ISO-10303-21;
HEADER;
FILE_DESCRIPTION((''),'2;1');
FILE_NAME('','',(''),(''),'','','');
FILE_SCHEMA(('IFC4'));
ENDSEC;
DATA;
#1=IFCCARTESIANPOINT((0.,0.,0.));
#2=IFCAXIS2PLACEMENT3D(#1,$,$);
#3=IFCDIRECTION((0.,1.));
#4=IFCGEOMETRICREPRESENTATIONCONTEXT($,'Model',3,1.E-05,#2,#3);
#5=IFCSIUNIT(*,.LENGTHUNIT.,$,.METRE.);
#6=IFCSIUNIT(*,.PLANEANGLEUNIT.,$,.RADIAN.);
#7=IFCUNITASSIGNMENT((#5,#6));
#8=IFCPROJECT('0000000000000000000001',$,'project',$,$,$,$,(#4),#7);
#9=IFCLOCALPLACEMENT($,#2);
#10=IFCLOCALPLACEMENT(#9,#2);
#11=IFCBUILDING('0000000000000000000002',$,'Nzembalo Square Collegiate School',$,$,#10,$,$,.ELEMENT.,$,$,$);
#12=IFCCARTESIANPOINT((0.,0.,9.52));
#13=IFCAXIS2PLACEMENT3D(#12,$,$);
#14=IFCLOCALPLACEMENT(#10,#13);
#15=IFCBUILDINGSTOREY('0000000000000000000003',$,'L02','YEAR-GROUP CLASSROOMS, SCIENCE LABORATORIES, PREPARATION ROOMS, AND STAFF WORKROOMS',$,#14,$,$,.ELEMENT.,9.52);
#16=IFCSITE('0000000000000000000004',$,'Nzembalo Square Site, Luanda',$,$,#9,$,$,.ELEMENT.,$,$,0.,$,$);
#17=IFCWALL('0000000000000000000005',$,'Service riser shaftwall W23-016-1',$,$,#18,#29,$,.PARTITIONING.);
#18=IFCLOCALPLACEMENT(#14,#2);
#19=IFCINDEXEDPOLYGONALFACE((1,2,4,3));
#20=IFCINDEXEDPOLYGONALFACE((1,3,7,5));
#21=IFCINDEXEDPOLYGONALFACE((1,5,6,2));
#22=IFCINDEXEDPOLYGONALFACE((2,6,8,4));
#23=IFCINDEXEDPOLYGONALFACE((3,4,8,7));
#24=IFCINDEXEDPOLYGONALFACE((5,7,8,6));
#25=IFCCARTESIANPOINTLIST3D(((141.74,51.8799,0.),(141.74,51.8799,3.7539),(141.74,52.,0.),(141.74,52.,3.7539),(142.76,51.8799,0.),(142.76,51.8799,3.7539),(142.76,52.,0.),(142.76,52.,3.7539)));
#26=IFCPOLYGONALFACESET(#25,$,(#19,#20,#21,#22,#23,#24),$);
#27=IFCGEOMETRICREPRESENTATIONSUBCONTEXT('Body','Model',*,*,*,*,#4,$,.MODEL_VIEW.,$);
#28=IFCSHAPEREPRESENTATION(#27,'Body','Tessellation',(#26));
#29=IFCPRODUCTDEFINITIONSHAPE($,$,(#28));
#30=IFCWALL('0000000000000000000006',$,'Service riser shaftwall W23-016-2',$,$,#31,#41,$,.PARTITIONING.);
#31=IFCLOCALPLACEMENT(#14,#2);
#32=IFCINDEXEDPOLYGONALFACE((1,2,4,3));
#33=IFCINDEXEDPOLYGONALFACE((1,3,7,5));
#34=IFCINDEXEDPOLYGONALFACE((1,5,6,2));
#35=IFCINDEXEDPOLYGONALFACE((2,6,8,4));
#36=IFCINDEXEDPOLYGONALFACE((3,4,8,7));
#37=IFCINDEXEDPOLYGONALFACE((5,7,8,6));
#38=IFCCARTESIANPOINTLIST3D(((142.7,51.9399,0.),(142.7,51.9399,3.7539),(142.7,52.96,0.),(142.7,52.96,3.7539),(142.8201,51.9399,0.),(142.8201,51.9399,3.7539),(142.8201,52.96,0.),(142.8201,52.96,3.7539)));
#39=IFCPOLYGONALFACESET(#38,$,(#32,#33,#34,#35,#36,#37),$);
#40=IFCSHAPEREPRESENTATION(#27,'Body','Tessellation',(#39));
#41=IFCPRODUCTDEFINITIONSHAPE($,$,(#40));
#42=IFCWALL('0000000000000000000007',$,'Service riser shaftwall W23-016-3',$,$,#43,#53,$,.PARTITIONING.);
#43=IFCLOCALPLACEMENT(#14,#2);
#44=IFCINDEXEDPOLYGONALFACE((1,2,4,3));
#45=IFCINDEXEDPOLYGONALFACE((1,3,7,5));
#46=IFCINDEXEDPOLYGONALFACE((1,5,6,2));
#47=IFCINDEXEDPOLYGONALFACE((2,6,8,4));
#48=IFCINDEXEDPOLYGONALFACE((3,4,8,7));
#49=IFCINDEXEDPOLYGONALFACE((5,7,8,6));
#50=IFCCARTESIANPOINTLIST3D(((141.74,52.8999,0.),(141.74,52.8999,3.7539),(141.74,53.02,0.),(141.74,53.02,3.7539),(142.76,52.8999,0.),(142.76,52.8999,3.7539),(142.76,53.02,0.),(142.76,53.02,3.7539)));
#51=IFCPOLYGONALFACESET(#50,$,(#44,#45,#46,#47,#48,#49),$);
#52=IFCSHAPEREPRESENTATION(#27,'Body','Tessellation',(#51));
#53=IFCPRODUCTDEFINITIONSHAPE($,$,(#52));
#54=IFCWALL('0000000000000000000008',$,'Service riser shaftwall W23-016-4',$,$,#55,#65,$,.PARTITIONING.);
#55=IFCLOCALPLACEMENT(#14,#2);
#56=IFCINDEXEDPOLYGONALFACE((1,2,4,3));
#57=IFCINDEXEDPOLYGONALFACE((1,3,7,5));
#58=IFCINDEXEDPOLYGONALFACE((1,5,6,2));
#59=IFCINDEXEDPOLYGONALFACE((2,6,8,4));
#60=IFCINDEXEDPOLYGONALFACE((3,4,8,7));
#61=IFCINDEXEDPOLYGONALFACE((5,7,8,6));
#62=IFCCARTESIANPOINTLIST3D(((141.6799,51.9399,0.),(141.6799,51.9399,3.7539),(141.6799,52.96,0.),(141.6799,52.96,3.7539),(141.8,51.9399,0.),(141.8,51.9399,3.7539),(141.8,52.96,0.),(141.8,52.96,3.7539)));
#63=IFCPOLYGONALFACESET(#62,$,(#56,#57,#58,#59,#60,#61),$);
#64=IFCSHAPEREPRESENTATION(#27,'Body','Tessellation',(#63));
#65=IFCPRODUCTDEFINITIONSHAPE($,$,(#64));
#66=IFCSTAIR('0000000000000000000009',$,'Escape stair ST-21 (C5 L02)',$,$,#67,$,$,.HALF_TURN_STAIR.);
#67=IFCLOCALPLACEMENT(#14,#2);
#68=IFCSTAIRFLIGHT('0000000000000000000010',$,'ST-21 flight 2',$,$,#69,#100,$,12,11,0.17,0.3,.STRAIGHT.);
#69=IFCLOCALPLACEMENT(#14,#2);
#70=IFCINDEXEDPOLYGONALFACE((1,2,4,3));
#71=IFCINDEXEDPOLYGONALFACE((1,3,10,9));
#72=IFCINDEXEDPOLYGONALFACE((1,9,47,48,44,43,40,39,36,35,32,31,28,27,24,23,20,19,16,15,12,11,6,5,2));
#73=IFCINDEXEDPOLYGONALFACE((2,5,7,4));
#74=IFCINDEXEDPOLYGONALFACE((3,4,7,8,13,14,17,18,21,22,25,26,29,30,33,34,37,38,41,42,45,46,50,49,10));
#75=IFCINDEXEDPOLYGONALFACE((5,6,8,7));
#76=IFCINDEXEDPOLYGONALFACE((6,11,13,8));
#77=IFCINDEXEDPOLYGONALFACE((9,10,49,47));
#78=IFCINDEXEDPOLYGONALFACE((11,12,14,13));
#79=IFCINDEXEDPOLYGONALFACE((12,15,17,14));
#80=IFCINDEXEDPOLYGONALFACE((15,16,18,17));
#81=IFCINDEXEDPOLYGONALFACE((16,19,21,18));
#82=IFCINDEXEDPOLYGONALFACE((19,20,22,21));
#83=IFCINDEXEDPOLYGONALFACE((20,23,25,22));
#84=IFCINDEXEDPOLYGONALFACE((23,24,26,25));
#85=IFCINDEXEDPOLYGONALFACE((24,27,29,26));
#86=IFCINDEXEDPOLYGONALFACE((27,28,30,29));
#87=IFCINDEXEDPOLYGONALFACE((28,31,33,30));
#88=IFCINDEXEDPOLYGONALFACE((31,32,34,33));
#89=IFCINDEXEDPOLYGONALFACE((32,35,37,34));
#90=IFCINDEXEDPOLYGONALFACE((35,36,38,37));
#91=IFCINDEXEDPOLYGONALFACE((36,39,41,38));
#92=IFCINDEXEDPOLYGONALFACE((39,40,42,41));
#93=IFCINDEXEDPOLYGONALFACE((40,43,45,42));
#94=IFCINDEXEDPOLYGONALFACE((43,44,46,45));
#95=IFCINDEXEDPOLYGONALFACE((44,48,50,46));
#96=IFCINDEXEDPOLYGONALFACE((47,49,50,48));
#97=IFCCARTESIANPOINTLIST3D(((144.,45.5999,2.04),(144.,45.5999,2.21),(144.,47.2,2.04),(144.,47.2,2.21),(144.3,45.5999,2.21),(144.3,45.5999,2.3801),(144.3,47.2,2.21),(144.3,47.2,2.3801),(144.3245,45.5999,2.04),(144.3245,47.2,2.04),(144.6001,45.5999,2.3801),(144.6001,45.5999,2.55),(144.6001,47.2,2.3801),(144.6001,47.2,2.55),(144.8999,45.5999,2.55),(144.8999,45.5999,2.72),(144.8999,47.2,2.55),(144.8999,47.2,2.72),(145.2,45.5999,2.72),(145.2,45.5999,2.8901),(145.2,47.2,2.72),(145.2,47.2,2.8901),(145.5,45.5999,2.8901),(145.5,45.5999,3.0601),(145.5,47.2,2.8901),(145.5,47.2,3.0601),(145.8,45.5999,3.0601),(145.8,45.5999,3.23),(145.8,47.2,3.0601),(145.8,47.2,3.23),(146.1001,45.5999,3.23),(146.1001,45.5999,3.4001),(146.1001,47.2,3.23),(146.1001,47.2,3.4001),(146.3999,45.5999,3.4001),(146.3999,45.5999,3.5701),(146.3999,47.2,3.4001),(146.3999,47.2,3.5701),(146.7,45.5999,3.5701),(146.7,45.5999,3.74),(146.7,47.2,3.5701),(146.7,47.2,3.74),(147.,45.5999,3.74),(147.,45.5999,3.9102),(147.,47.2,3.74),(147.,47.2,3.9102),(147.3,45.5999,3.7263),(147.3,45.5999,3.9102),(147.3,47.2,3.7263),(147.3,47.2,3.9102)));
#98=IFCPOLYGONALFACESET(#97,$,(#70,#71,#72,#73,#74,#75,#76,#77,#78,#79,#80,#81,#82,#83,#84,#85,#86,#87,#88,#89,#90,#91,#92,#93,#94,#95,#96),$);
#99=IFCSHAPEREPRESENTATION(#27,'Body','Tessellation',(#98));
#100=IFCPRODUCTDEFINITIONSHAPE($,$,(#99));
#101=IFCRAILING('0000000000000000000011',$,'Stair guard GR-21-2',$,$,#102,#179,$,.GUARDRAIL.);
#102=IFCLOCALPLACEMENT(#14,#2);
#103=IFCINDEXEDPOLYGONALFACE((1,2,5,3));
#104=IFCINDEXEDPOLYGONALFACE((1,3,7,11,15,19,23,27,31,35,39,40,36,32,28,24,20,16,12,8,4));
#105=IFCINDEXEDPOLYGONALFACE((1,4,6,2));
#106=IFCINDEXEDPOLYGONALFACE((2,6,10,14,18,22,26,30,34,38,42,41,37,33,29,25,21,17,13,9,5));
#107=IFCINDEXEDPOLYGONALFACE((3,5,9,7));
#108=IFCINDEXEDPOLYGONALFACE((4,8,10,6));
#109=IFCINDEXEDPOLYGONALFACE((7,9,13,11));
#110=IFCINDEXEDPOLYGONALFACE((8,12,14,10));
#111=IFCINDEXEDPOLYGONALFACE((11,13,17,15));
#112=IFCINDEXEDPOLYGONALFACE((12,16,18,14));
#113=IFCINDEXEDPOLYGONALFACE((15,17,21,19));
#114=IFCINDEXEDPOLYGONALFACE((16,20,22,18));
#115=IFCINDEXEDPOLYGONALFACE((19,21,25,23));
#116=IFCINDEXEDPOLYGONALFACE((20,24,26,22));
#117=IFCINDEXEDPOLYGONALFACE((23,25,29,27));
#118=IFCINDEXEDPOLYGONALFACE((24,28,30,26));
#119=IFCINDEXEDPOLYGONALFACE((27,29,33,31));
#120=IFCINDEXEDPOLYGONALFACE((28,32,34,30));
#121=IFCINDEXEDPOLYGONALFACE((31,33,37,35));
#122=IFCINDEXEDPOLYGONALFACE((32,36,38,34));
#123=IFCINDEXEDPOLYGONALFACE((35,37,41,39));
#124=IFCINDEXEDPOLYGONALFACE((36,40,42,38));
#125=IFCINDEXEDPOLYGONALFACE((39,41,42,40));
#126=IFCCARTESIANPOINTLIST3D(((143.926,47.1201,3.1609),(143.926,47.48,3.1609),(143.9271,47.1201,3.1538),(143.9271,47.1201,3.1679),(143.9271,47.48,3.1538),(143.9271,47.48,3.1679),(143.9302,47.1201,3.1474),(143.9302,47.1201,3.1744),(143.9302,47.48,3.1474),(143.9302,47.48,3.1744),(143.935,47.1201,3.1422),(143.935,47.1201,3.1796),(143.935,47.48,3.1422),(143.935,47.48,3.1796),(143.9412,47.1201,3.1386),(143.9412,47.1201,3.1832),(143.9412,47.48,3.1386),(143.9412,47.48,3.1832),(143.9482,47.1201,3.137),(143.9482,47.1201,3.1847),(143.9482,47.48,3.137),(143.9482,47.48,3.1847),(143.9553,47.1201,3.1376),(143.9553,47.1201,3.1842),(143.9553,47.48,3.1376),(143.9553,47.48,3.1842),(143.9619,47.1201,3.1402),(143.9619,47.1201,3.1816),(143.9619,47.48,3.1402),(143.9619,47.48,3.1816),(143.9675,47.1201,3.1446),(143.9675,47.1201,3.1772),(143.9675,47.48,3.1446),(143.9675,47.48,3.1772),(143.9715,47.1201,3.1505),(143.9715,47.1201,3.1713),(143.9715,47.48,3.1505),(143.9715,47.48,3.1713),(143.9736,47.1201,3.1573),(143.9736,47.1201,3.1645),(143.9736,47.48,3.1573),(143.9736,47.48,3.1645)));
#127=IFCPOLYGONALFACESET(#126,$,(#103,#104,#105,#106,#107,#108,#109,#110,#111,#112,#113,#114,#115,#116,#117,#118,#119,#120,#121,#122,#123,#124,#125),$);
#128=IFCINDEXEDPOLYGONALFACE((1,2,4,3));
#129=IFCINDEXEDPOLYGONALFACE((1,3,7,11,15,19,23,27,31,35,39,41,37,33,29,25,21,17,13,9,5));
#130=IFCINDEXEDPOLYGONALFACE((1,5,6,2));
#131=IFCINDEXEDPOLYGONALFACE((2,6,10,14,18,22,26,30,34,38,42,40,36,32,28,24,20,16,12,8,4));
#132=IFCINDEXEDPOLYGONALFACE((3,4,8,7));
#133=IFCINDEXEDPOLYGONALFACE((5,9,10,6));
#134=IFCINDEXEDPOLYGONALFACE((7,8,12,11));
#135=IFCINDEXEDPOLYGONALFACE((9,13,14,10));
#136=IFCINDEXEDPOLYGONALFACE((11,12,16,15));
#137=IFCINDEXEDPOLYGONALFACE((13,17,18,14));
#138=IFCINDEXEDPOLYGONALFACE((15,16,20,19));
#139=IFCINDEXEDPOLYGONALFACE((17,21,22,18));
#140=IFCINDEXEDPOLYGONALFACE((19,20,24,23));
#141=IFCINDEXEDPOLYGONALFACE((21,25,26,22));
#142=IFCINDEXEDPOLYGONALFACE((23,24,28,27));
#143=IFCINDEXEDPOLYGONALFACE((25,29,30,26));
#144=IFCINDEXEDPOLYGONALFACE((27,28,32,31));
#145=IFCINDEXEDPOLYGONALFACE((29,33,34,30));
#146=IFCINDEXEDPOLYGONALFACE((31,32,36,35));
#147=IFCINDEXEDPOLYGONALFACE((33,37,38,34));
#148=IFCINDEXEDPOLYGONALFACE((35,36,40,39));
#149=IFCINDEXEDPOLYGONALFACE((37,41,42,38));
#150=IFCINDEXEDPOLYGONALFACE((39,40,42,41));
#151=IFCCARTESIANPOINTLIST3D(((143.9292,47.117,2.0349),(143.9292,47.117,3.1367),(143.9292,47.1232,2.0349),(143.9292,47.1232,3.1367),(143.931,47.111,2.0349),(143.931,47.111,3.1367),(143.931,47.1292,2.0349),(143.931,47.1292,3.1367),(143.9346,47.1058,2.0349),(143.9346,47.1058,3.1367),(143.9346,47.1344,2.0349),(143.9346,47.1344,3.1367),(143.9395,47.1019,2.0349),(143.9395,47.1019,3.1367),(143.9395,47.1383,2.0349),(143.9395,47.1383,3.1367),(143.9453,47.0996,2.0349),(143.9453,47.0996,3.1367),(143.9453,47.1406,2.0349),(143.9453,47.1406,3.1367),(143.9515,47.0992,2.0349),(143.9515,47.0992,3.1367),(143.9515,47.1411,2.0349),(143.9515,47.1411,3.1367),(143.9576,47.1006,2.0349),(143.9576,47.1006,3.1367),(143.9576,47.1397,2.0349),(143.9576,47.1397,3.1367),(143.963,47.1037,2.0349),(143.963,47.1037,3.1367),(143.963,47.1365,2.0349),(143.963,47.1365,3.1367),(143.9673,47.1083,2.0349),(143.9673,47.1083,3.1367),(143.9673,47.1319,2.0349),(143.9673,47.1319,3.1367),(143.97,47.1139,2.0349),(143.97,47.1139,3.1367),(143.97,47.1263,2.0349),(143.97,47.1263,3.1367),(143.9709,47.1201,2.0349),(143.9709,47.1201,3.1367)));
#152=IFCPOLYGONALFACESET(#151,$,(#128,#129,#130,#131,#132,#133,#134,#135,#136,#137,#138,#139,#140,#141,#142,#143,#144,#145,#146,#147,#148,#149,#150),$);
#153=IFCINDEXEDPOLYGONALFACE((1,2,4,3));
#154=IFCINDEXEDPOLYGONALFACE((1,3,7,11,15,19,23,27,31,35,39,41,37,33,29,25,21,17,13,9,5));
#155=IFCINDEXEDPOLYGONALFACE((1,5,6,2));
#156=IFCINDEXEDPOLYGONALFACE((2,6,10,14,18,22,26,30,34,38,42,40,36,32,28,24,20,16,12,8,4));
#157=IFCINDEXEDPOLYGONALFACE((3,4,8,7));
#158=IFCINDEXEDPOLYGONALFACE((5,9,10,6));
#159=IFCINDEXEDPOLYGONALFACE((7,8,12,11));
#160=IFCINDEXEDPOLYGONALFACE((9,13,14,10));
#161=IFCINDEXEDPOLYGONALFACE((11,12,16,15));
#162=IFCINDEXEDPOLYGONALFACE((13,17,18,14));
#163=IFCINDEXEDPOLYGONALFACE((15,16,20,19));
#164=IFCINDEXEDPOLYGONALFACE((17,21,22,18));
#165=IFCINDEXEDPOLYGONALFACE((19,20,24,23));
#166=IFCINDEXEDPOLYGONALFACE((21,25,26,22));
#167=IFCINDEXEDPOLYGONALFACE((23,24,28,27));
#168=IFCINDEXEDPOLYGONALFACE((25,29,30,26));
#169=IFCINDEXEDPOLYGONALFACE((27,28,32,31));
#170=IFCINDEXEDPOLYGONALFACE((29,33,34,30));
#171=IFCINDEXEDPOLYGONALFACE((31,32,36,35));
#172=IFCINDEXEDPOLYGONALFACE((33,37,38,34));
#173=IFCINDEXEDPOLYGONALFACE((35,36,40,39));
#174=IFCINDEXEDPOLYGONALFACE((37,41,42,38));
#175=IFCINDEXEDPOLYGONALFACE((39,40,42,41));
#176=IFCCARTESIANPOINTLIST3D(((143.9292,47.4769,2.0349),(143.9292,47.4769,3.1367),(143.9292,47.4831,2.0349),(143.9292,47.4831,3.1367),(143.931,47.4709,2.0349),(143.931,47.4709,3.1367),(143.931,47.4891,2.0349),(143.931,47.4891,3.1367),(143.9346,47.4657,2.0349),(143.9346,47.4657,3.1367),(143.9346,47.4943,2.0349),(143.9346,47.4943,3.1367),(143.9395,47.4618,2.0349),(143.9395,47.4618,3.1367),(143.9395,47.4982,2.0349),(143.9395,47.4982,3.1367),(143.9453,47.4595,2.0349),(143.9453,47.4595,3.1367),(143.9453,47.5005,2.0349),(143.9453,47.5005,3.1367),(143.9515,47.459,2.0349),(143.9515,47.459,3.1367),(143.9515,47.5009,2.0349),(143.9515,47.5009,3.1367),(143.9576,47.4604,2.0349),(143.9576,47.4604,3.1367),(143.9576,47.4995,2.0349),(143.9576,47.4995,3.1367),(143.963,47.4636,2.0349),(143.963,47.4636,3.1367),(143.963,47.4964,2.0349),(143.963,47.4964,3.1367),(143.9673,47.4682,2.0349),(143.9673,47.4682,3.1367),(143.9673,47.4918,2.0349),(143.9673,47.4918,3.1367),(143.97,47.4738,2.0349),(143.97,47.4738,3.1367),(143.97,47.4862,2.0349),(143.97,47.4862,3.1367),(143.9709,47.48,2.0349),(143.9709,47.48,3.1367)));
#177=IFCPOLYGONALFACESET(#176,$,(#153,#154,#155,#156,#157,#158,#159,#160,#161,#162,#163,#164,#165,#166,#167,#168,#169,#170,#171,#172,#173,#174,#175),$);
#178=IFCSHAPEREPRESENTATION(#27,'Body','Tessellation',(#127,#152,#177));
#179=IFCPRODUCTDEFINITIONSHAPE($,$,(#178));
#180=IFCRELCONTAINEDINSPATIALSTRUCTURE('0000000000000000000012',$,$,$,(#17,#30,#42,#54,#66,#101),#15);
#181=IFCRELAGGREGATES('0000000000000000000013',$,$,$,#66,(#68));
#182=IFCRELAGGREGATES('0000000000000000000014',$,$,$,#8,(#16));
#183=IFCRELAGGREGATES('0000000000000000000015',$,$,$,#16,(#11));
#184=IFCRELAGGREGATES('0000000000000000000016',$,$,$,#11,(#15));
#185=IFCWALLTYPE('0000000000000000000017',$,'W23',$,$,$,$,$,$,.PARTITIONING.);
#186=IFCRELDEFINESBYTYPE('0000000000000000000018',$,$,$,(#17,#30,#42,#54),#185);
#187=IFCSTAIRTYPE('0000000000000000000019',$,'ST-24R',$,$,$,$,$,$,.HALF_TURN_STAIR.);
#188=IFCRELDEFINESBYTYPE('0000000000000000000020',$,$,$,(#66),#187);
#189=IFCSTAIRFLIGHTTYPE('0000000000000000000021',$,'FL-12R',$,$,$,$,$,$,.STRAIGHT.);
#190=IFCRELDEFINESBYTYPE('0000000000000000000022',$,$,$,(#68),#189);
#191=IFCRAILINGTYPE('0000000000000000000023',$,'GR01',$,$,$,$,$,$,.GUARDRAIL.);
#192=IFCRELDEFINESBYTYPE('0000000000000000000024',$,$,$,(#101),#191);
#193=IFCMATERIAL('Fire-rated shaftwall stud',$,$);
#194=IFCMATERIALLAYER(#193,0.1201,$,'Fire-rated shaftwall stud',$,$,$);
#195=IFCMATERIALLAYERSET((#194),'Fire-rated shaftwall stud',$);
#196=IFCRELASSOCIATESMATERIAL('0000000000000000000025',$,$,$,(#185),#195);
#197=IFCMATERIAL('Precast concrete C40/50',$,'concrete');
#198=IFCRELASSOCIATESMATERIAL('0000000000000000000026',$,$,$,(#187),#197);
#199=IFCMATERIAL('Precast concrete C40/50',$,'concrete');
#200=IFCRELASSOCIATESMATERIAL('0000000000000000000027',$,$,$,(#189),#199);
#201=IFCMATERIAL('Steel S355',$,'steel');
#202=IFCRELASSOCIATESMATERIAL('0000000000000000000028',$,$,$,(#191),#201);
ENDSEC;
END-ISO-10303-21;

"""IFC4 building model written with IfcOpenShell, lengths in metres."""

from ifc_helpers import new_model, si_unit, direction, frame, frame_2d, origin, origin_2d, place, context, subcontext, project, spatial, polyline, rectangle, circle, outline, extrude, material, layer, layer_set, type_object, element, aggregate, save


model = new_model("IFC4")

# Units and contexts
model_context = context("Model", 3, precision=1e-05, world=origin(), true_north=direction((0.0, 1.0)))
body_context = subcontext(model_context, "Body", "Model", "MODEL_VIEW")
ifc_project = project(units=[si_unit("LENGTHUNIT", "METRE"), si_unit("PLANEANGLEUNIT", "RADIAN")], contexts=[model_context])

# Site, building, storey
site_placement = place(None, origin())
site = spatial("IfcSite", under=ifc_project, at=site_placement, Name="Nzembalo Square Site, Luanda", CompositionType="ELEMENT", RefElevation=0.0)
building_placement = place(site_placement, origin())
building = spatial("IfcBuilding", under=site, at=building_placement, Name="Nzembalo Square Collegiate School", CompositionType="ELEMENT")
storey_placement = place(building_placement, frame((0.0, 0.0, 9.52)))
storey = spatial("IfcBuildingStorey", under=building, at=storey_placement, Name="L02", Description="YEAR-GROUP CLASSROOMS, SCIENCE LABORATORIES, PREPARATION ROOMS, AND STAFF WORKROOMS", CompositionType="ELEMENT", Elevation=9.52)

# Walls
ifc_material_1 = material(Name="Fire-rated shaftwall stud")
ifc_layer_1 = layer(ifc_material_1, 0.1201, Name="Fire-rated shaftwall stud")
ifc_layer_set_1 = layer_set([ifc_layer_1], Name="Fire-rated shaftwall stud")
wall_type_1 = type_object("IfcWallType", Name="W23", PredefinedType="PARTITIONING", material=ifc_layer_set_1)
for number, where, z_axis, x_axis, name in (
    (1, (141.74, 51.9399, 0.0), (0.0, 0.0, 1.0), (1.0, 0.0, 0.0), "Service riser shaftwall W23-016-1"),
    (2, (142.76, 51.9399, 0.0), (0.0, 0.0, 1.0), (0.0, 1.0, 0.0), "Service riser shaftwall W23-016-2"),
    (3, (142.76, 52.96, 0.0), (0.0, 0.0, 1.0), (-1.0, 0.0, 0.0), "Service riser shaftwall W23-016-3"),
    (4, (141.74, 52.96, 0.0), (0.0, 0.0, 1.0), (0.0, -1.0, 0.0), "Service riser shaftwall W23-016-4"),
):
    element("IfcWall", number, at=place(storey_placement, frame(where, z_axis=z_axis, x_axis=x_axis)), inside=storey, type_object=wall_type_1, Name=name, PredefinedType="PARTITIONING", context=body_context, shape_type="SweptSolid", body=[
        extrude(rectangle(XDim=1.02, YDim=0.1201, at=frame_2d((0.51, 0.0))), origin(), (0.0, 0.0, 1.0), 3.7539),
    ])

# Stair, stair flight
ifc_material_2 = material(Name="Precast concrete C40/50", Category="concrete")
stair_type = type_object("IfcStairType", Name="ST-24R", PredefinedType="HALF_TURN_STAIR", material=ifc_material_2)
stair_placement = place(storey_placement, origin())
stair = element("IfcStair", 5, at=stair_placement, inside=storey, type_object=stair_type, Name="Escape stair ST-21 (C5 L02)", PredefinedType="HALF_TURN_STAIR")
ifc_material_3 = material(Name="Precast concrete C40/50", Category="concrete")
stair_flight_type = type_object("IfcStairFlightType", Name="FL-12R", PredefinedType="STRAIGHT", material=ifc_material_3)
stair_flight_placement = place(storey_placement, frame((144.0, 46.3999, 2.04), z_axis=(0.0, 0.0, 1.0), x_axis=(1.0, 0.0, 0.0)))
stair_flight = element("IfcStairFlight", 6, at=stair_flight_placement, type_object=stair_flight_type, Name="ST-21 flight 2", NumberOfRisers=12, NumberOfTreads=11, PredefinedType="STRAIGHT", RiserHeight=0.17, TreadLength=0.3, context=body_context, shape_type="SweptSolid", body=[
    extrude(outline(polyline([(0.0, 0.0), (0.0, 0.1699), (0.3, 0.1699), (0.3, 0.3401), (0.6001, 0.3401), (0.6001, 0.51), (0.8999, 0.51), (0.8999, 0.6799), (1.2, 0.6799), (1.2, 0.8501), (1.5, 0.8501), (1.5, 1.02), (1.8, 1.02), (1.8, 1.1899), (2.1001, 1.1899), (2.1001, 1.3601), (2.3999, 1.3601), (2.3999, 1.53), (2.7, 1.53), (2.7, 1.7), (3.0, 1.7), (3.0, 1.8701), (3.3, 1.8701), (3.3, 2.04), (3.3, 1.6863), (0.3245, 0.0), (0.0, 0.0)])), frame((0.0, 0.8, 0.0), z_axis=(0.0, -1.0, 0.0), x_axis=(1.0, 0.0, 0.0)), (0.0, 0.0, 1.0), 1.6001),
])
aggregate(stair, [stair_flight])

# Railing
ifc_material_4 = material(Name="Steel S355", Category="steel")
railing_type_1 = type_object("IfcRailingType", Name="GR01", PredefinedType="GUARDRAIL", material=ifc_material_4)
railing_1_placement = place(storey_placement, frame((143.95, 47.1201, 2.0349)))
element("IfcRailing", 7, at=railing_1_placement, inside=storey, type_object=railing_type_1, Name="Stair guard GR-21-2", PredefinedType="GUARDRAIL", context=body_context, shape_type="SweptSolid", body=[
    extrude(circle(Radius=0.0239, at=origin_2d()), frame((0.0, 0.0, 1.126), z_axis=(0.0, 1.0, 0.0), x_axis=(-1.0, 0.0, 0.0)), (0.0, 0.0, 1.0), 0.3599),
    extrude(circle(Radius=0.021, at=origin_2d()), origin(), (0.0, 0.0, 1.0), 1.1018),
    extrude(circle(Radius=0.021, at=origin_2d()), frame((0.0, 0.3599, 0.0)), (0.0, 0.0, 1.0), 1.1018),
])

save(model, "model.ifc")
